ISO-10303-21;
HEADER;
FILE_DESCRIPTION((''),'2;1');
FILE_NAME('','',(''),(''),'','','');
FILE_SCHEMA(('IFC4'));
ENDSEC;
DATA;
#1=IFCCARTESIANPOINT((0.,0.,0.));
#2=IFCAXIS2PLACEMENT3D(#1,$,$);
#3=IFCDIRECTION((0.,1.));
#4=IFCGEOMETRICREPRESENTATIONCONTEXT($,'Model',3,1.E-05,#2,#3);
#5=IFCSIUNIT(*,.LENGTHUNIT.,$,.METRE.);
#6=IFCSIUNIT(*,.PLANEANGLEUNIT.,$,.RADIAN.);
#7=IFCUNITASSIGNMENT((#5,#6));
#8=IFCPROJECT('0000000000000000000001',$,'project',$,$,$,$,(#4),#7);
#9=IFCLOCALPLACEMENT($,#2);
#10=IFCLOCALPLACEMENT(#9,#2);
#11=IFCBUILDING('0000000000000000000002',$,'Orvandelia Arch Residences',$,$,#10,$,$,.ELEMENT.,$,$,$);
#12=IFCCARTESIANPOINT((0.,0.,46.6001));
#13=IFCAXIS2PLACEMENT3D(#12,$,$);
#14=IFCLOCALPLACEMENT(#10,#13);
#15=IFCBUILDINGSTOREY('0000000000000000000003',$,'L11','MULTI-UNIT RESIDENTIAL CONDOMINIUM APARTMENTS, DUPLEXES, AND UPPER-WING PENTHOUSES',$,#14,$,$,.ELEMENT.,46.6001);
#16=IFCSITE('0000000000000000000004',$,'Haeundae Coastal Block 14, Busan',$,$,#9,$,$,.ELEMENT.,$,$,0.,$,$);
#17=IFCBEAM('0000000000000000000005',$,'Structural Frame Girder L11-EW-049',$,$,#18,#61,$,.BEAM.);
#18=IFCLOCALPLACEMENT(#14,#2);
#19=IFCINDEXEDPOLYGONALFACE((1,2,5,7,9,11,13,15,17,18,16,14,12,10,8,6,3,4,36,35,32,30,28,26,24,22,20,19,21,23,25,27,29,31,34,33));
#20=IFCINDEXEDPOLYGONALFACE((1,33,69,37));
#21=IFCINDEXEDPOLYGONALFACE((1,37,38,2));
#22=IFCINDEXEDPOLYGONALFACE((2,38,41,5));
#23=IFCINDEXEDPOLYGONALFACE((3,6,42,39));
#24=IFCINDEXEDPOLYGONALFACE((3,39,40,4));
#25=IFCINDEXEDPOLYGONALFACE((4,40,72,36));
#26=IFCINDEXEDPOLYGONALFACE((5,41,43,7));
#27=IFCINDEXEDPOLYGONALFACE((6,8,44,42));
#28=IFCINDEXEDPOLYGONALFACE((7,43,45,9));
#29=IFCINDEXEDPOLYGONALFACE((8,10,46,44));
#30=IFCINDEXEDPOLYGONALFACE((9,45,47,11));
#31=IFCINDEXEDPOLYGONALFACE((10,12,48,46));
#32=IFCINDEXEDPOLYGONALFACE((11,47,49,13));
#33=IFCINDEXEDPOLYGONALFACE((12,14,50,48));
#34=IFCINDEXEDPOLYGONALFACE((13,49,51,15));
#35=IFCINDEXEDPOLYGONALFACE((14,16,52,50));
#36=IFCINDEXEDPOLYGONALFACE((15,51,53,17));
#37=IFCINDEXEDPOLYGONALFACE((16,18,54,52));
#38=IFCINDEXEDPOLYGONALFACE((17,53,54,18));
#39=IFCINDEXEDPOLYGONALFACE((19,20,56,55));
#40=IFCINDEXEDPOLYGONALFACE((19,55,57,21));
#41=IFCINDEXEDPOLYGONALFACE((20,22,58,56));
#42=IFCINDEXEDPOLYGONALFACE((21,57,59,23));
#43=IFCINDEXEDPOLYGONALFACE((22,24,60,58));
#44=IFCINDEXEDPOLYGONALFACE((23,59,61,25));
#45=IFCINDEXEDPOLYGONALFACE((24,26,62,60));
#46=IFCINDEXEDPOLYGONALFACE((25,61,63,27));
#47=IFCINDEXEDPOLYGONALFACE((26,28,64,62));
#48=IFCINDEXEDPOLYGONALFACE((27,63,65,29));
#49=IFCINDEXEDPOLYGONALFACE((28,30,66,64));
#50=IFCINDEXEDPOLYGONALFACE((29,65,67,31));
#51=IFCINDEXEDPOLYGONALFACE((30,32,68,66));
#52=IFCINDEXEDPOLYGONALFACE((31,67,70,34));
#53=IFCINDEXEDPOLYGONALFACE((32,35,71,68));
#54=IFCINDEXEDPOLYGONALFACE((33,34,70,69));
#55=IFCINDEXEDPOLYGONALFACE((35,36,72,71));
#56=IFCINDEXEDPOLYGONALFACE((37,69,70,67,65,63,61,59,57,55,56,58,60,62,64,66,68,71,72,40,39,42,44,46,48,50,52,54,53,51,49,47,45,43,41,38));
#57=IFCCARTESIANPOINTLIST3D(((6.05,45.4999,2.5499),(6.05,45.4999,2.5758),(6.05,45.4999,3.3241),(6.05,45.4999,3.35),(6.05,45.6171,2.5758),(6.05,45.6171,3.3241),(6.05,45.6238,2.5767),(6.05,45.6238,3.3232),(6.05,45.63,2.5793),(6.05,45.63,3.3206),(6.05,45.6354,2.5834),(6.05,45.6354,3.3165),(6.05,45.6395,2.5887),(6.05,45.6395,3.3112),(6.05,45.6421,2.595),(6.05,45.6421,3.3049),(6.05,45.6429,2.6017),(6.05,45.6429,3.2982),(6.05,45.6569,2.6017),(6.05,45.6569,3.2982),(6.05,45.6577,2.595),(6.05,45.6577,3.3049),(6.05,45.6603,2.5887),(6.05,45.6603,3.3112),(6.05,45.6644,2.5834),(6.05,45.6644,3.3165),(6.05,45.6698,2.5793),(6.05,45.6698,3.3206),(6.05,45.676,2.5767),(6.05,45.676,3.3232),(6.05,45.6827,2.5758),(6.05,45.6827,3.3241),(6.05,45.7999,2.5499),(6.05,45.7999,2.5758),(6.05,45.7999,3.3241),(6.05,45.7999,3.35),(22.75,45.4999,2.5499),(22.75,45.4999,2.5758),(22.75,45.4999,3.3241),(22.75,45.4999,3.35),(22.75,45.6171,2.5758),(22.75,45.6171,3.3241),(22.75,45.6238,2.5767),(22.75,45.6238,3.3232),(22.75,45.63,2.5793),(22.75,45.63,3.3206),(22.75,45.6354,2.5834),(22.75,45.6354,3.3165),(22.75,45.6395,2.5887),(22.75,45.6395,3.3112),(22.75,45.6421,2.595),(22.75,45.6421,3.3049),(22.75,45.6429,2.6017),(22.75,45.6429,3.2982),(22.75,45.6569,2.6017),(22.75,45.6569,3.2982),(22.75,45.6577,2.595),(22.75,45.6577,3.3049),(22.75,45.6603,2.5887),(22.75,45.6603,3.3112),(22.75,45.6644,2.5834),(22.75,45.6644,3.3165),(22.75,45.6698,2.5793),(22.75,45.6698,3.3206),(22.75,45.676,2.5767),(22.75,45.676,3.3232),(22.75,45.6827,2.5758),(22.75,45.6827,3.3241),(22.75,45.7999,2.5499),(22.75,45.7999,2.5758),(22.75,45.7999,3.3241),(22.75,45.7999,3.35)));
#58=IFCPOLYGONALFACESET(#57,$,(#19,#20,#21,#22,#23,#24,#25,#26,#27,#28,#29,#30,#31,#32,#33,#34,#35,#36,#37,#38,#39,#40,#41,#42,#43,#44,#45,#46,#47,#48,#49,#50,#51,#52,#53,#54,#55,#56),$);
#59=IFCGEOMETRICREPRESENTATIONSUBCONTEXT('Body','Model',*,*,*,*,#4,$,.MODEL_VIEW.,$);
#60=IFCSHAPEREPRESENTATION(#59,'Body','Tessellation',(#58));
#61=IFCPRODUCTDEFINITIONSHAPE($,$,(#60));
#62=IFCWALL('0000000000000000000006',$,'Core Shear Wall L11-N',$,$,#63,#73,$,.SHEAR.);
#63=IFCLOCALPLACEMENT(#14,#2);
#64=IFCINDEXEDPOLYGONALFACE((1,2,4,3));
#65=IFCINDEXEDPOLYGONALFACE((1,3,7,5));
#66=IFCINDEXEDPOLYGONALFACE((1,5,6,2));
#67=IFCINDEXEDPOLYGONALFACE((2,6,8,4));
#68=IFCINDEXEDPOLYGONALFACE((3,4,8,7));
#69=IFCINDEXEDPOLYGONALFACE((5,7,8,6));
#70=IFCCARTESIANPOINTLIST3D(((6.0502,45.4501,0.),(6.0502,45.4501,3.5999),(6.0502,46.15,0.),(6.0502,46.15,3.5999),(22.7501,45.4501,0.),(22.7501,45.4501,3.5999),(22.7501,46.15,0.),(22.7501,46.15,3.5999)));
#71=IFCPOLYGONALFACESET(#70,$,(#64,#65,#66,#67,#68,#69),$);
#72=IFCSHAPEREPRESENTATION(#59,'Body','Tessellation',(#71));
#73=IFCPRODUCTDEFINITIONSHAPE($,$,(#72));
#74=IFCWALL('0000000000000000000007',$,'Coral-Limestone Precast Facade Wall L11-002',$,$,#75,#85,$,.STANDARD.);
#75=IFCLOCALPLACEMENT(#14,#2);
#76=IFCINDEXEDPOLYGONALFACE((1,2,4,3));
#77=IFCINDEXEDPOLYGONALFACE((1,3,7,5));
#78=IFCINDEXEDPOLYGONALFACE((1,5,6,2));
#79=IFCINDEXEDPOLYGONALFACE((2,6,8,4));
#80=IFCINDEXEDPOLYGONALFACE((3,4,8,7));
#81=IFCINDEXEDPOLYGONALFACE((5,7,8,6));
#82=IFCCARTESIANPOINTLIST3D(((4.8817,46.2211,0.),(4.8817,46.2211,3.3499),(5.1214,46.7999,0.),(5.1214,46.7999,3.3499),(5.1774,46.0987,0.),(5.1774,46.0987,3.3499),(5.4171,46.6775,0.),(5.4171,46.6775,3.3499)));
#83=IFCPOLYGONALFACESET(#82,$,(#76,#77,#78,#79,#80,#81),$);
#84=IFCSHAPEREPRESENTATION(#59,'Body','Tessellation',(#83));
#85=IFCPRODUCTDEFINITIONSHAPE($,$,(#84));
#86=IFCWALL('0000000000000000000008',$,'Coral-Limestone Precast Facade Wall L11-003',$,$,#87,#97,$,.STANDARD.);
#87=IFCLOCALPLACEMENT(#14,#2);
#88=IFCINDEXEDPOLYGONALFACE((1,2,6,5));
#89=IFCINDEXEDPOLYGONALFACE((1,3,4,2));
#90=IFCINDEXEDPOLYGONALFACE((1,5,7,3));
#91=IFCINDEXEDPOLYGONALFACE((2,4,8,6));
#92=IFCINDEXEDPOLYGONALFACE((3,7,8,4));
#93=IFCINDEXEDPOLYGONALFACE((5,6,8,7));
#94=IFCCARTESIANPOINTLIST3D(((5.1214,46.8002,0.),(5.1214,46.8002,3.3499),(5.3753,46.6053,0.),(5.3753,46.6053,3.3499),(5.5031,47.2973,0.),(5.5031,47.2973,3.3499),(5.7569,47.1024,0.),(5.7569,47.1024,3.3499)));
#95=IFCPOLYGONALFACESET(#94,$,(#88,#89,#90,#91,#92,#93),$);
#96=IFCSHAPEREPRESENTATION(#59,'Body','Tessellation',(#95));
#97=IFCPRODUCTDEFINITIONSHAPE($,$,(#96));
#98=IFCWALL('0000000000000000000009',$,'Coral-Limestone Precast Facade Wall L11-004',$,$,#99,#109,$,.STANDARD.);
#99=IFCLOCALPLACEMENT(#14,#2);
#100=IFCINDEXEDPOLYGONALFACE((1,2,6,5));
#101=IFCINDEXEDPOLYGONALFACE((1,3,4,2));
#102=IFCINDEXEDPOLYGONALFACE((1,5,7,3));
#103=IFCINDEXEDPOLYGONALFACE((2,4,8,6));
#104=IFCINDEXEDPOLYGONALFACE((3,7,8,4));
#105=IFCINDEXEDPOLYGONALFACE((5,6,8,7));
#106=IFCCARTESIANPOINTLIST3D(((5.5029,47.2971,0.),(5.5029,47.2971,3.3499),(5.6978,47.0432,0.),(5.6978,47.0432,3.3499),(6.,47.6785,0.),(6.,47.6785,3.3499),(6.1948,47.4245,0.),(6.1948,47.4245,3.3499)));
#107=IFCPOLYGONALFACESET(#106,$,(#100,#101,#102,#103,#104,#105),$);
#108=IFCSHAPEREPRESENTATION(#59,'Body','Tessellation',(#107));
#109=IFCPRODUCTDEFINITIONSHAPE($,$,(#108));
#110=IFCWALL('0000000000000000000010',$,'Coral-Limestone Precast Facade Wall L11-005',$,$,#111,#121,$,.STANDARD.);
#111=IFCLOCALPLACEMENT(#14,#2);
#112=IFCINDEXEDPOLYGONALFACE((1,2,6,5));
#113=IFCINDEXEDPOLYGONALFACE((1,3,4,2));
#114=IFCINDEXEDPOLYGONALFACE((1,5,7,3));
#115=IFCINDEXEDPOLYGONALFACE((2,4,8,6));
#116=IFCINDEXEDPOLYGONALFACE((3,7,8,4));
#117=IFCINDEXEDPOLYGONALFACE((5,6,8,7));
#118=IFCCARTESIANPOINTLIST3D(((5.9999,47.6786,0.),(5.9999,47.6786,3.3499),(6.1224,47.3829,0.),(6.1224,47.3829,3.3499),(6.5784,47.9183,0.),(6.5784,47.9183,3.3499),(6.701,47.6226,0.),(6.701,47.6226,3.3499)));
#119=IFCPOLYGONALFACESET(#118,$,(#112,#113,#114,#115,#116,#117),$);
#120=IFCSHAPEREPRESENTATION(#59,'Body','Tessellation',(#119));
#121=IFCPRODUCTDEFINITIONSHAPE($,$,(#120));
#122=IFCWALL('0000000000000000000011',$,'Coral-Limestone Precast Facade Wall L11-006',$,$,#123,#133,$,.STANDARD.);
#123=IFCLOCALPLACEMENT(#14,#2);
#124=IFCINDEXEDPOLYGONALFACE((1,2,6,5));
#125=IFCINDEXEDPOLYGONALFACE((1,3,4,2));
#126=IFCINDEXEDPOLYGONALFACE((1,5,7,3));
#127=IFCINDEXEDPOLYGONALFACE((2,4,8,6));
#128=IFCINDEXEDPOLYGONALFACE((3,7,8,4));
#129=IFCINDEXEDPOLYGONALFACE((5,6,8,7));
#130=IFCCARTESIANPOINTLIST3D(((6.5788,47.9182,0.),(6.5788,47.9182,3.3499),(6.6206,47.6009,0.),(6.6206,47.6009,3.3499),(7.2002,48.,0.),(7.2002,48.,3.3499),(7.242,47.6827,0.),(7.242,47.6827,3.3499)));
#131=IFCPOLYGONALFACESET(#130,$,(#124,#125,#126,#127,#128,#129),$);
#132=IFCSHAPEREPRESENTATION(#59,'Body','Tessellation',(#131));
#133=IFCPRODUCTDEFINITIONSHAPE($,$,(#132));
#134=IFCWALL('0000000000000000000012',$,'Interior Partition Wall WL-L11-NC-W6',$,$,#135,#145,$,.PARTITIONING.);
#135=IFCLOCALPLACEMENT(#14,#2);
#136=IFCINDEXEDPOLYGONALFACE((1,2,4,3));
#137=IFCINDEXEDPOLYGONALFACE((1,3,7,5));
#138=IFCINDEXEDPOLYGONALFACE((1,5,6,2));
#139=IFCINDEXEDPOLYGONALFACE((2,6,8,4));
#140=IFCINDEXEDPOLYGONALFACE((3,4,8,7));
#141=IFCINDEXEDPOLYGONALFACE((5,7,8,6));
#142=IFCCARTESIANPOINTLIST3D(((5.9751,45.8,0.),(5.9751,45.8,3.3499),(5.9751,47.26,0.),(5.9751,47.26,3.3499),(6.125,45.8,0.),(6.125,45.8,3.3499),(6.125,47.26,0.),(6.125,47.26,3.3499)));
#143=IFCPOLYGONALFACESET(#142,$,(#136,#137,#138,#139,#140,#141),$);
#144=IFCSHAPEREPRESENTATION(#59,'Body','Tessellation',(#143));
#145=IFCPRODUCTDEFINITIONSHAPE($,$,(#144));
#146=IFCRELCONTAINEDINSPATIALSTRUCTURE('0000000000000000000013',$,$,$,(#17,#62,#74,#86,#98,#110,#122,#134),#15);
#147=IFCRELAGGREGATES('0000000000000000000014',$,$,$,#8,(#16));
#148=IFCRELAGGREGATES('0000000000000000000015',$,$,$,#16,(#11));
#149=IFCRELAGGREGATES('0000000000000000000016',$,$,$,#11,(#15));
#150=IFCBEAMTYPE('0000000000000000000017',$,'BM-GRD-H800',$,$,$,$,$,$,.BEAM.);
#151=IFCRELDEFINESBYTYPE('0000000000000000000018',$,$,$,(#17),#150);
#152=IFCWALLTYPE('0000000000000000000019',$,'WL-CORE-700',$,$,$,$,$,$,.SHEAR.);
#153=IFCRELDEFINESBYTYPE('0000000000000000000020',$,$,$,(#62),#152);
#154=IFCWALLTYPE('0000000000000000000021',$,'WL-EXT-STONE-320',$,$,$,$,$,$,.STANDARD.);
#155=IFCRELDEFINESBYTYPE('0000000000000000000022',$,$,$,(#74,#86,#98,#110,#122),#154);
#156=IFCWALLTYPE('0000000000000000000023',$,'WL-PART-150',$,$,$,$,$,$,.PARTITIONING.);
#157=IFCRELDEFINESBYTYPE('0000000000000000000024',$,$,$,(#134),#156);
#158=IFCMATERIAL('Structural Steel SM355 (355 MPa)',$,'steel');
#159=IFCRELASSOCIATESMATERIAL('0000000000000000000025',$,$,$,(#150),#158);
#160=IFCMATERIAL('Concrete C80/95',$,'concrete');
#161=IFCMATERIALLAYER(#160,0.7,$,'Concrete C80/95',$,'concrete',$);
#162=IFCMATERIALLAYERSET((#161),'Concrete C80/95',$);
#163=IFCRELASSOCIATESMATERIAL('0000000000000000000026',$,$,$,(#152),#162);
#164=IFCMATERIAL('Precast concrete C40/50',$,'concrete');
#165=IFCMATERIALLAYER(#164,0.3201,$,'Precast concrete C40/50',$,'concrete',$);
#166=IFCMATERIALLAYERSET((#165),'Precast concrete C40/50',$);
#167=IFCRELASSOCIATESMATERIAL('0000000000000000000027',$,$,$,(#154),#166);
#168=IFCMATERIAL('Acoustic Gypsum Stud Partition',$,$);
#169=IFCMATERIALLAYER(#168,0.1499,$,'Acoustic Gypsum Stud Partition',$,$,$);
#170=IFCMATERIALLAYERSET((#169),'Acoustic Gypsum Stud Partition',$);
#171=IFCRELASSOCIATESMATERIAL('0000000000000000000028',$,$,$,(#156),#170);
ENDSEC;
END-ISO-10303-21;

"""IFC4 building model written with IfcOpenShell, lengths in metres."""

from ifc_helpers import new_model, si_unit, direction, frame, frame_2d, origin, origin_2d, place, context, subcontext, project, spatial, rectangle, i_section, extrude, material, layer, layer_set, material_profile, profile_set, type_object, element, save


model = new_model("IFC4")

# Units and contexts
model_context = context("Model", 3, precision=1e-05, world=origin(), true_north=direction((0.0, 1.0)))
body_context = subcontext(model_context, "Body", "Model", "MODEL_VIEW")
ifc_project = project(units=[si_unit("LENGTHUNIT", "METRE"), si_unit("PLANEANGLEUNIT", "RADIAN")], contexts=[model_context])

# Site, building, storey
site_placement = place(None, origin())
site = spatial("IfcSite", under=ifc_project, at=site_placement, Name="Haeundae Coastal Block 14, Busan", CompositionType="ELEMENT", RefElevation=0.0)
building_placement = place(site_placement, origin())
building = spatial("IfcBuilding", under=site, at=building_placement, Name="Orvandelia Arch Residences", CompositionType="ELEMENT")
storey_placement = place(building_placement, frame((0.0, 0.0, 46.6001)))
storey = spatial("IfcBuildingStorey", under=building, at=storey_placement, Name="L11", Description="MULTI-UNIT RESIDENTIAL CONDOMINIUM APARTMENTS, DUPLEXES, AND UPPER-WING PENTHOUSES", CompositionType="ELEMENT", Elevation=46.6001)

# Beam
ifc_material_1 = material(Name="Structural Steel SM355 (355 MPa)", Category="steel")
ifc_material_profile = material_profile(ifc_material_1, i_section(OverallWidth=0.3, OverallDepth=0.8, WebThickness=0.0139, FlangeThickness=0.0259, FilletRadius=0.0259, at=origin_2d()), Name="Structural Steel SM355 (355 MPa)", Category="steel")
ifc_profile_set = profile_set([ifc_material_profile], Name="Structural Steel SM355 (355 MPa)")
beam_type = type_object("IfcBeamType", Name="BM-GRD-H800", PredefinedType="BEAM", material=ifc_profile_set)
beam_placement = place(storey_placement, frame((6.05, 45.6499, 2.95), z_axis=(1.0, 0.0, 0.0), x_axis=(0.0, 1.0, 0.0)))
element("IfcBeam", 1, at=beam_placement, inside=storey, type_object=beam_type, Name="Structural Frame Girder L11-EW-049", PredefinedType="BEAM", context=body_context, shape_type="SweptSolid", body=[
    extrude(i_section(OverallWidth=0.3, OverallDepth=0.8, WebThickness=0.0139, FlangeThickness=0.0259, FilletRadius=0.0259, at=origin_2d()), origin(), (0.0, 0.0, 1.0), 16.7),
])

# Walls
ifc_material_2 = material(Name="Concrete C80/95", Category="concrete")
ifc_layer_1 = layer(ifc_material_2, 0.7, Name="Concrete C80/95", Category="concrete")
ifc_layer_set_1 = layer_set([ifc_layer_1], Name="Concrete C80/95")
wall_type_1 = type_object("IfcWallType", Name="WL-CORE-700", PredefinedType="SHEAR", material=ifc_layer_set_1)
wall_1_placement = place(storey_placement, frame((6.05, 45.8, 0.0), z_axis=(0.0, 0.0, 1.0), x_axis=(1.0, 0.0, 0.0)))
element("IfcWall", 2, at=wall_1_placement, inside=storey, type_object=wall_type_1, Name="Core Shear Wall L11-N", PredefinedType="SHEAR", context=body_context, shape_type="SweptSolid", body=[
    extrude(rectangle(XDim=16.7, YDim=0.7, at=frame_2d((8.3501, 0.0))), origin(), (0.0, 0.0, 1.0), 3.5999),
])
ifc_material_3 = material(Name="Precast concrete C40/50", Category="concrete")
ifc_layer_2 = layer(ifc_material_3, 0.3201, Name="Precast concrete C40/50", Category="concrete")
ifc_layer_set_2 = layer_set([ifc_layer_2], Name="Precast concrete C40/50")
wall_type_2 = type_object("IfcWallType", Name="WL-EXT-STONE-320", PredefinedType="STANDARD", material=ifc_layer_set_2)
wall_2_placement = place(storey_placement, frame((5.0295, 46.1599, 0.0), z_axis=(0.0, 0.0, 1.0), x_axis=(0.38265, 0.923893, 0.0)))
element("IfcWall", 3, at=wall_2_placement, inside=storey, type_object=wall_type_2, Name="Coral-Limestone Precast Facade Wall L11-002", PredefinedType="STANDARD", context=body_context, shape_type="SweptSolid", body=[
    extrude(rectangle(XDim=0.6265, YDim=0.3201, at=frame_2d((0.3132, 0.0))), origin(), (0.0, 0.0, 1.0), 3.3499),
])
wall_3_placement = place(storey_placement, frame((5.2483, 46.7026, 0.0), z_axis=(0.0, 0.0, 1.0), x_axis=(0.608939, 0.793217, 0.0)))
element("IfcWall", 4, at=wall_3_placement, inside=storey, type_object=wall_type_2, Name="Coral-Limestone Precast Facade Wall L11-003", PredefinedType="STANDARD", context=body_context, shape_type="SweptSolid", body=[
    extrude(rectangle(XDim=0.6267, YDim=0.3201, at=frame_2d((0.3135, 0.0))), origin(), (0.0, 0.0, 1.0), 3.3499),
])
wall_4_placement = place(storey_placement, frame((5.6003, 47.1702, 0.0), z_axis=(0.0, 0.0, 1.0), x_axis=(0.793406, 0.608693, 0.0)))
element("IfcWall", 5, at=wall_4_placement, inside=storey, type_object=wall_type_2, Name="Coral-Limestone Precast Facade Wall L11-004", PredefinedType="STANDARD", context=body_context, shape_type="SweptSolid", body=[
    extrude(rectangle(XDim=0.6265, YDim=0.3201, at=frame_2d((0.3132, 0.0))), origin(), (0.0, 0.0, 1.0), 3.3499),
])
wall_5_placement = place(storey_placement, frame((6.0613, 47.5308, 0.0), z_axis=(0.0, 0.0, 1.0), x_axis=(0.923836, 0.382788, 0.0)))
element("IfcWall", 6, at=wall_5_placement, inside=storey, type_object=wall_type_2, Name="Coral-Limestone Precast Facade Wall L11-005", PredefinedType="STANDARD", context=body_context, shape_type="SweptSolid", body=[
    extrude(rectangle(XDim=0.6262, YDim=0.3201, at=frame_2d((0.313, 0.0))), origin(), (0.0, 0.0, 1.0), 3.3499),
])
wall_6_placement = place(storey_placement, frame((6.5996, 47.7595, 0.0), z_axis=(0.0, 0.0, 1.0), x_axis=(0.991448, 0.130505, 0.0)))
element("IfcWall", 7, at=wall_6_placement, inside=storey, type_object=wall_type_2, Name="Coral-Limestone Precast Facade Wall L11-006", PredefinedType="STANDARD", context=body_context, shape_type="SweptSolid", body=[
    extrude(rectangle(XDim=0.6267, YDim=0.3201, at=frame_2d((0.3135, 0.0))), origin(), (0.0, 0.0, 1.0), 3.3499),
])

# Wall
ifc_material_4 = material(Name="Acoustic Gypsum Stud Partition")
ifc_layer_3 = layer(ifc_material_4, 0.1499, Name="Acoustic Gypsum Stud Partition")
ifc_layer_set_3 = layer_set([ifc_layer_3], Name="Acoustic Gypsum Stud Partition")
wall_type_3 = type_object("IfcWallType", Name="WL-PART-150", PredefinedType="PARTITIONING", material=ifc_layer_set_3)
wall_7_placement = place(storey_placement, frame((6.05, 45.8, 0.0), z_axis=(0.0, 0.0, 1.0), x_axis=(0.0, 1.0, 0.0)))
element("IfcWall", 8, at=wall_7_placement, inside=storey, type_object=wall_type_3, Name="Interior Partition Wall WL-L11-NC-W6", PredefinedType="PARTITIONING", context=body_context, shape_type="SweptSolid", body=[
    extrude(rectangle(XDim=1.46, YDim=0.1499, at=frame_2d((0.73, 0.0))), origin(), (0.0, 0.0, 1.0), 3.3499),
])

save(model, "model.ifc")
